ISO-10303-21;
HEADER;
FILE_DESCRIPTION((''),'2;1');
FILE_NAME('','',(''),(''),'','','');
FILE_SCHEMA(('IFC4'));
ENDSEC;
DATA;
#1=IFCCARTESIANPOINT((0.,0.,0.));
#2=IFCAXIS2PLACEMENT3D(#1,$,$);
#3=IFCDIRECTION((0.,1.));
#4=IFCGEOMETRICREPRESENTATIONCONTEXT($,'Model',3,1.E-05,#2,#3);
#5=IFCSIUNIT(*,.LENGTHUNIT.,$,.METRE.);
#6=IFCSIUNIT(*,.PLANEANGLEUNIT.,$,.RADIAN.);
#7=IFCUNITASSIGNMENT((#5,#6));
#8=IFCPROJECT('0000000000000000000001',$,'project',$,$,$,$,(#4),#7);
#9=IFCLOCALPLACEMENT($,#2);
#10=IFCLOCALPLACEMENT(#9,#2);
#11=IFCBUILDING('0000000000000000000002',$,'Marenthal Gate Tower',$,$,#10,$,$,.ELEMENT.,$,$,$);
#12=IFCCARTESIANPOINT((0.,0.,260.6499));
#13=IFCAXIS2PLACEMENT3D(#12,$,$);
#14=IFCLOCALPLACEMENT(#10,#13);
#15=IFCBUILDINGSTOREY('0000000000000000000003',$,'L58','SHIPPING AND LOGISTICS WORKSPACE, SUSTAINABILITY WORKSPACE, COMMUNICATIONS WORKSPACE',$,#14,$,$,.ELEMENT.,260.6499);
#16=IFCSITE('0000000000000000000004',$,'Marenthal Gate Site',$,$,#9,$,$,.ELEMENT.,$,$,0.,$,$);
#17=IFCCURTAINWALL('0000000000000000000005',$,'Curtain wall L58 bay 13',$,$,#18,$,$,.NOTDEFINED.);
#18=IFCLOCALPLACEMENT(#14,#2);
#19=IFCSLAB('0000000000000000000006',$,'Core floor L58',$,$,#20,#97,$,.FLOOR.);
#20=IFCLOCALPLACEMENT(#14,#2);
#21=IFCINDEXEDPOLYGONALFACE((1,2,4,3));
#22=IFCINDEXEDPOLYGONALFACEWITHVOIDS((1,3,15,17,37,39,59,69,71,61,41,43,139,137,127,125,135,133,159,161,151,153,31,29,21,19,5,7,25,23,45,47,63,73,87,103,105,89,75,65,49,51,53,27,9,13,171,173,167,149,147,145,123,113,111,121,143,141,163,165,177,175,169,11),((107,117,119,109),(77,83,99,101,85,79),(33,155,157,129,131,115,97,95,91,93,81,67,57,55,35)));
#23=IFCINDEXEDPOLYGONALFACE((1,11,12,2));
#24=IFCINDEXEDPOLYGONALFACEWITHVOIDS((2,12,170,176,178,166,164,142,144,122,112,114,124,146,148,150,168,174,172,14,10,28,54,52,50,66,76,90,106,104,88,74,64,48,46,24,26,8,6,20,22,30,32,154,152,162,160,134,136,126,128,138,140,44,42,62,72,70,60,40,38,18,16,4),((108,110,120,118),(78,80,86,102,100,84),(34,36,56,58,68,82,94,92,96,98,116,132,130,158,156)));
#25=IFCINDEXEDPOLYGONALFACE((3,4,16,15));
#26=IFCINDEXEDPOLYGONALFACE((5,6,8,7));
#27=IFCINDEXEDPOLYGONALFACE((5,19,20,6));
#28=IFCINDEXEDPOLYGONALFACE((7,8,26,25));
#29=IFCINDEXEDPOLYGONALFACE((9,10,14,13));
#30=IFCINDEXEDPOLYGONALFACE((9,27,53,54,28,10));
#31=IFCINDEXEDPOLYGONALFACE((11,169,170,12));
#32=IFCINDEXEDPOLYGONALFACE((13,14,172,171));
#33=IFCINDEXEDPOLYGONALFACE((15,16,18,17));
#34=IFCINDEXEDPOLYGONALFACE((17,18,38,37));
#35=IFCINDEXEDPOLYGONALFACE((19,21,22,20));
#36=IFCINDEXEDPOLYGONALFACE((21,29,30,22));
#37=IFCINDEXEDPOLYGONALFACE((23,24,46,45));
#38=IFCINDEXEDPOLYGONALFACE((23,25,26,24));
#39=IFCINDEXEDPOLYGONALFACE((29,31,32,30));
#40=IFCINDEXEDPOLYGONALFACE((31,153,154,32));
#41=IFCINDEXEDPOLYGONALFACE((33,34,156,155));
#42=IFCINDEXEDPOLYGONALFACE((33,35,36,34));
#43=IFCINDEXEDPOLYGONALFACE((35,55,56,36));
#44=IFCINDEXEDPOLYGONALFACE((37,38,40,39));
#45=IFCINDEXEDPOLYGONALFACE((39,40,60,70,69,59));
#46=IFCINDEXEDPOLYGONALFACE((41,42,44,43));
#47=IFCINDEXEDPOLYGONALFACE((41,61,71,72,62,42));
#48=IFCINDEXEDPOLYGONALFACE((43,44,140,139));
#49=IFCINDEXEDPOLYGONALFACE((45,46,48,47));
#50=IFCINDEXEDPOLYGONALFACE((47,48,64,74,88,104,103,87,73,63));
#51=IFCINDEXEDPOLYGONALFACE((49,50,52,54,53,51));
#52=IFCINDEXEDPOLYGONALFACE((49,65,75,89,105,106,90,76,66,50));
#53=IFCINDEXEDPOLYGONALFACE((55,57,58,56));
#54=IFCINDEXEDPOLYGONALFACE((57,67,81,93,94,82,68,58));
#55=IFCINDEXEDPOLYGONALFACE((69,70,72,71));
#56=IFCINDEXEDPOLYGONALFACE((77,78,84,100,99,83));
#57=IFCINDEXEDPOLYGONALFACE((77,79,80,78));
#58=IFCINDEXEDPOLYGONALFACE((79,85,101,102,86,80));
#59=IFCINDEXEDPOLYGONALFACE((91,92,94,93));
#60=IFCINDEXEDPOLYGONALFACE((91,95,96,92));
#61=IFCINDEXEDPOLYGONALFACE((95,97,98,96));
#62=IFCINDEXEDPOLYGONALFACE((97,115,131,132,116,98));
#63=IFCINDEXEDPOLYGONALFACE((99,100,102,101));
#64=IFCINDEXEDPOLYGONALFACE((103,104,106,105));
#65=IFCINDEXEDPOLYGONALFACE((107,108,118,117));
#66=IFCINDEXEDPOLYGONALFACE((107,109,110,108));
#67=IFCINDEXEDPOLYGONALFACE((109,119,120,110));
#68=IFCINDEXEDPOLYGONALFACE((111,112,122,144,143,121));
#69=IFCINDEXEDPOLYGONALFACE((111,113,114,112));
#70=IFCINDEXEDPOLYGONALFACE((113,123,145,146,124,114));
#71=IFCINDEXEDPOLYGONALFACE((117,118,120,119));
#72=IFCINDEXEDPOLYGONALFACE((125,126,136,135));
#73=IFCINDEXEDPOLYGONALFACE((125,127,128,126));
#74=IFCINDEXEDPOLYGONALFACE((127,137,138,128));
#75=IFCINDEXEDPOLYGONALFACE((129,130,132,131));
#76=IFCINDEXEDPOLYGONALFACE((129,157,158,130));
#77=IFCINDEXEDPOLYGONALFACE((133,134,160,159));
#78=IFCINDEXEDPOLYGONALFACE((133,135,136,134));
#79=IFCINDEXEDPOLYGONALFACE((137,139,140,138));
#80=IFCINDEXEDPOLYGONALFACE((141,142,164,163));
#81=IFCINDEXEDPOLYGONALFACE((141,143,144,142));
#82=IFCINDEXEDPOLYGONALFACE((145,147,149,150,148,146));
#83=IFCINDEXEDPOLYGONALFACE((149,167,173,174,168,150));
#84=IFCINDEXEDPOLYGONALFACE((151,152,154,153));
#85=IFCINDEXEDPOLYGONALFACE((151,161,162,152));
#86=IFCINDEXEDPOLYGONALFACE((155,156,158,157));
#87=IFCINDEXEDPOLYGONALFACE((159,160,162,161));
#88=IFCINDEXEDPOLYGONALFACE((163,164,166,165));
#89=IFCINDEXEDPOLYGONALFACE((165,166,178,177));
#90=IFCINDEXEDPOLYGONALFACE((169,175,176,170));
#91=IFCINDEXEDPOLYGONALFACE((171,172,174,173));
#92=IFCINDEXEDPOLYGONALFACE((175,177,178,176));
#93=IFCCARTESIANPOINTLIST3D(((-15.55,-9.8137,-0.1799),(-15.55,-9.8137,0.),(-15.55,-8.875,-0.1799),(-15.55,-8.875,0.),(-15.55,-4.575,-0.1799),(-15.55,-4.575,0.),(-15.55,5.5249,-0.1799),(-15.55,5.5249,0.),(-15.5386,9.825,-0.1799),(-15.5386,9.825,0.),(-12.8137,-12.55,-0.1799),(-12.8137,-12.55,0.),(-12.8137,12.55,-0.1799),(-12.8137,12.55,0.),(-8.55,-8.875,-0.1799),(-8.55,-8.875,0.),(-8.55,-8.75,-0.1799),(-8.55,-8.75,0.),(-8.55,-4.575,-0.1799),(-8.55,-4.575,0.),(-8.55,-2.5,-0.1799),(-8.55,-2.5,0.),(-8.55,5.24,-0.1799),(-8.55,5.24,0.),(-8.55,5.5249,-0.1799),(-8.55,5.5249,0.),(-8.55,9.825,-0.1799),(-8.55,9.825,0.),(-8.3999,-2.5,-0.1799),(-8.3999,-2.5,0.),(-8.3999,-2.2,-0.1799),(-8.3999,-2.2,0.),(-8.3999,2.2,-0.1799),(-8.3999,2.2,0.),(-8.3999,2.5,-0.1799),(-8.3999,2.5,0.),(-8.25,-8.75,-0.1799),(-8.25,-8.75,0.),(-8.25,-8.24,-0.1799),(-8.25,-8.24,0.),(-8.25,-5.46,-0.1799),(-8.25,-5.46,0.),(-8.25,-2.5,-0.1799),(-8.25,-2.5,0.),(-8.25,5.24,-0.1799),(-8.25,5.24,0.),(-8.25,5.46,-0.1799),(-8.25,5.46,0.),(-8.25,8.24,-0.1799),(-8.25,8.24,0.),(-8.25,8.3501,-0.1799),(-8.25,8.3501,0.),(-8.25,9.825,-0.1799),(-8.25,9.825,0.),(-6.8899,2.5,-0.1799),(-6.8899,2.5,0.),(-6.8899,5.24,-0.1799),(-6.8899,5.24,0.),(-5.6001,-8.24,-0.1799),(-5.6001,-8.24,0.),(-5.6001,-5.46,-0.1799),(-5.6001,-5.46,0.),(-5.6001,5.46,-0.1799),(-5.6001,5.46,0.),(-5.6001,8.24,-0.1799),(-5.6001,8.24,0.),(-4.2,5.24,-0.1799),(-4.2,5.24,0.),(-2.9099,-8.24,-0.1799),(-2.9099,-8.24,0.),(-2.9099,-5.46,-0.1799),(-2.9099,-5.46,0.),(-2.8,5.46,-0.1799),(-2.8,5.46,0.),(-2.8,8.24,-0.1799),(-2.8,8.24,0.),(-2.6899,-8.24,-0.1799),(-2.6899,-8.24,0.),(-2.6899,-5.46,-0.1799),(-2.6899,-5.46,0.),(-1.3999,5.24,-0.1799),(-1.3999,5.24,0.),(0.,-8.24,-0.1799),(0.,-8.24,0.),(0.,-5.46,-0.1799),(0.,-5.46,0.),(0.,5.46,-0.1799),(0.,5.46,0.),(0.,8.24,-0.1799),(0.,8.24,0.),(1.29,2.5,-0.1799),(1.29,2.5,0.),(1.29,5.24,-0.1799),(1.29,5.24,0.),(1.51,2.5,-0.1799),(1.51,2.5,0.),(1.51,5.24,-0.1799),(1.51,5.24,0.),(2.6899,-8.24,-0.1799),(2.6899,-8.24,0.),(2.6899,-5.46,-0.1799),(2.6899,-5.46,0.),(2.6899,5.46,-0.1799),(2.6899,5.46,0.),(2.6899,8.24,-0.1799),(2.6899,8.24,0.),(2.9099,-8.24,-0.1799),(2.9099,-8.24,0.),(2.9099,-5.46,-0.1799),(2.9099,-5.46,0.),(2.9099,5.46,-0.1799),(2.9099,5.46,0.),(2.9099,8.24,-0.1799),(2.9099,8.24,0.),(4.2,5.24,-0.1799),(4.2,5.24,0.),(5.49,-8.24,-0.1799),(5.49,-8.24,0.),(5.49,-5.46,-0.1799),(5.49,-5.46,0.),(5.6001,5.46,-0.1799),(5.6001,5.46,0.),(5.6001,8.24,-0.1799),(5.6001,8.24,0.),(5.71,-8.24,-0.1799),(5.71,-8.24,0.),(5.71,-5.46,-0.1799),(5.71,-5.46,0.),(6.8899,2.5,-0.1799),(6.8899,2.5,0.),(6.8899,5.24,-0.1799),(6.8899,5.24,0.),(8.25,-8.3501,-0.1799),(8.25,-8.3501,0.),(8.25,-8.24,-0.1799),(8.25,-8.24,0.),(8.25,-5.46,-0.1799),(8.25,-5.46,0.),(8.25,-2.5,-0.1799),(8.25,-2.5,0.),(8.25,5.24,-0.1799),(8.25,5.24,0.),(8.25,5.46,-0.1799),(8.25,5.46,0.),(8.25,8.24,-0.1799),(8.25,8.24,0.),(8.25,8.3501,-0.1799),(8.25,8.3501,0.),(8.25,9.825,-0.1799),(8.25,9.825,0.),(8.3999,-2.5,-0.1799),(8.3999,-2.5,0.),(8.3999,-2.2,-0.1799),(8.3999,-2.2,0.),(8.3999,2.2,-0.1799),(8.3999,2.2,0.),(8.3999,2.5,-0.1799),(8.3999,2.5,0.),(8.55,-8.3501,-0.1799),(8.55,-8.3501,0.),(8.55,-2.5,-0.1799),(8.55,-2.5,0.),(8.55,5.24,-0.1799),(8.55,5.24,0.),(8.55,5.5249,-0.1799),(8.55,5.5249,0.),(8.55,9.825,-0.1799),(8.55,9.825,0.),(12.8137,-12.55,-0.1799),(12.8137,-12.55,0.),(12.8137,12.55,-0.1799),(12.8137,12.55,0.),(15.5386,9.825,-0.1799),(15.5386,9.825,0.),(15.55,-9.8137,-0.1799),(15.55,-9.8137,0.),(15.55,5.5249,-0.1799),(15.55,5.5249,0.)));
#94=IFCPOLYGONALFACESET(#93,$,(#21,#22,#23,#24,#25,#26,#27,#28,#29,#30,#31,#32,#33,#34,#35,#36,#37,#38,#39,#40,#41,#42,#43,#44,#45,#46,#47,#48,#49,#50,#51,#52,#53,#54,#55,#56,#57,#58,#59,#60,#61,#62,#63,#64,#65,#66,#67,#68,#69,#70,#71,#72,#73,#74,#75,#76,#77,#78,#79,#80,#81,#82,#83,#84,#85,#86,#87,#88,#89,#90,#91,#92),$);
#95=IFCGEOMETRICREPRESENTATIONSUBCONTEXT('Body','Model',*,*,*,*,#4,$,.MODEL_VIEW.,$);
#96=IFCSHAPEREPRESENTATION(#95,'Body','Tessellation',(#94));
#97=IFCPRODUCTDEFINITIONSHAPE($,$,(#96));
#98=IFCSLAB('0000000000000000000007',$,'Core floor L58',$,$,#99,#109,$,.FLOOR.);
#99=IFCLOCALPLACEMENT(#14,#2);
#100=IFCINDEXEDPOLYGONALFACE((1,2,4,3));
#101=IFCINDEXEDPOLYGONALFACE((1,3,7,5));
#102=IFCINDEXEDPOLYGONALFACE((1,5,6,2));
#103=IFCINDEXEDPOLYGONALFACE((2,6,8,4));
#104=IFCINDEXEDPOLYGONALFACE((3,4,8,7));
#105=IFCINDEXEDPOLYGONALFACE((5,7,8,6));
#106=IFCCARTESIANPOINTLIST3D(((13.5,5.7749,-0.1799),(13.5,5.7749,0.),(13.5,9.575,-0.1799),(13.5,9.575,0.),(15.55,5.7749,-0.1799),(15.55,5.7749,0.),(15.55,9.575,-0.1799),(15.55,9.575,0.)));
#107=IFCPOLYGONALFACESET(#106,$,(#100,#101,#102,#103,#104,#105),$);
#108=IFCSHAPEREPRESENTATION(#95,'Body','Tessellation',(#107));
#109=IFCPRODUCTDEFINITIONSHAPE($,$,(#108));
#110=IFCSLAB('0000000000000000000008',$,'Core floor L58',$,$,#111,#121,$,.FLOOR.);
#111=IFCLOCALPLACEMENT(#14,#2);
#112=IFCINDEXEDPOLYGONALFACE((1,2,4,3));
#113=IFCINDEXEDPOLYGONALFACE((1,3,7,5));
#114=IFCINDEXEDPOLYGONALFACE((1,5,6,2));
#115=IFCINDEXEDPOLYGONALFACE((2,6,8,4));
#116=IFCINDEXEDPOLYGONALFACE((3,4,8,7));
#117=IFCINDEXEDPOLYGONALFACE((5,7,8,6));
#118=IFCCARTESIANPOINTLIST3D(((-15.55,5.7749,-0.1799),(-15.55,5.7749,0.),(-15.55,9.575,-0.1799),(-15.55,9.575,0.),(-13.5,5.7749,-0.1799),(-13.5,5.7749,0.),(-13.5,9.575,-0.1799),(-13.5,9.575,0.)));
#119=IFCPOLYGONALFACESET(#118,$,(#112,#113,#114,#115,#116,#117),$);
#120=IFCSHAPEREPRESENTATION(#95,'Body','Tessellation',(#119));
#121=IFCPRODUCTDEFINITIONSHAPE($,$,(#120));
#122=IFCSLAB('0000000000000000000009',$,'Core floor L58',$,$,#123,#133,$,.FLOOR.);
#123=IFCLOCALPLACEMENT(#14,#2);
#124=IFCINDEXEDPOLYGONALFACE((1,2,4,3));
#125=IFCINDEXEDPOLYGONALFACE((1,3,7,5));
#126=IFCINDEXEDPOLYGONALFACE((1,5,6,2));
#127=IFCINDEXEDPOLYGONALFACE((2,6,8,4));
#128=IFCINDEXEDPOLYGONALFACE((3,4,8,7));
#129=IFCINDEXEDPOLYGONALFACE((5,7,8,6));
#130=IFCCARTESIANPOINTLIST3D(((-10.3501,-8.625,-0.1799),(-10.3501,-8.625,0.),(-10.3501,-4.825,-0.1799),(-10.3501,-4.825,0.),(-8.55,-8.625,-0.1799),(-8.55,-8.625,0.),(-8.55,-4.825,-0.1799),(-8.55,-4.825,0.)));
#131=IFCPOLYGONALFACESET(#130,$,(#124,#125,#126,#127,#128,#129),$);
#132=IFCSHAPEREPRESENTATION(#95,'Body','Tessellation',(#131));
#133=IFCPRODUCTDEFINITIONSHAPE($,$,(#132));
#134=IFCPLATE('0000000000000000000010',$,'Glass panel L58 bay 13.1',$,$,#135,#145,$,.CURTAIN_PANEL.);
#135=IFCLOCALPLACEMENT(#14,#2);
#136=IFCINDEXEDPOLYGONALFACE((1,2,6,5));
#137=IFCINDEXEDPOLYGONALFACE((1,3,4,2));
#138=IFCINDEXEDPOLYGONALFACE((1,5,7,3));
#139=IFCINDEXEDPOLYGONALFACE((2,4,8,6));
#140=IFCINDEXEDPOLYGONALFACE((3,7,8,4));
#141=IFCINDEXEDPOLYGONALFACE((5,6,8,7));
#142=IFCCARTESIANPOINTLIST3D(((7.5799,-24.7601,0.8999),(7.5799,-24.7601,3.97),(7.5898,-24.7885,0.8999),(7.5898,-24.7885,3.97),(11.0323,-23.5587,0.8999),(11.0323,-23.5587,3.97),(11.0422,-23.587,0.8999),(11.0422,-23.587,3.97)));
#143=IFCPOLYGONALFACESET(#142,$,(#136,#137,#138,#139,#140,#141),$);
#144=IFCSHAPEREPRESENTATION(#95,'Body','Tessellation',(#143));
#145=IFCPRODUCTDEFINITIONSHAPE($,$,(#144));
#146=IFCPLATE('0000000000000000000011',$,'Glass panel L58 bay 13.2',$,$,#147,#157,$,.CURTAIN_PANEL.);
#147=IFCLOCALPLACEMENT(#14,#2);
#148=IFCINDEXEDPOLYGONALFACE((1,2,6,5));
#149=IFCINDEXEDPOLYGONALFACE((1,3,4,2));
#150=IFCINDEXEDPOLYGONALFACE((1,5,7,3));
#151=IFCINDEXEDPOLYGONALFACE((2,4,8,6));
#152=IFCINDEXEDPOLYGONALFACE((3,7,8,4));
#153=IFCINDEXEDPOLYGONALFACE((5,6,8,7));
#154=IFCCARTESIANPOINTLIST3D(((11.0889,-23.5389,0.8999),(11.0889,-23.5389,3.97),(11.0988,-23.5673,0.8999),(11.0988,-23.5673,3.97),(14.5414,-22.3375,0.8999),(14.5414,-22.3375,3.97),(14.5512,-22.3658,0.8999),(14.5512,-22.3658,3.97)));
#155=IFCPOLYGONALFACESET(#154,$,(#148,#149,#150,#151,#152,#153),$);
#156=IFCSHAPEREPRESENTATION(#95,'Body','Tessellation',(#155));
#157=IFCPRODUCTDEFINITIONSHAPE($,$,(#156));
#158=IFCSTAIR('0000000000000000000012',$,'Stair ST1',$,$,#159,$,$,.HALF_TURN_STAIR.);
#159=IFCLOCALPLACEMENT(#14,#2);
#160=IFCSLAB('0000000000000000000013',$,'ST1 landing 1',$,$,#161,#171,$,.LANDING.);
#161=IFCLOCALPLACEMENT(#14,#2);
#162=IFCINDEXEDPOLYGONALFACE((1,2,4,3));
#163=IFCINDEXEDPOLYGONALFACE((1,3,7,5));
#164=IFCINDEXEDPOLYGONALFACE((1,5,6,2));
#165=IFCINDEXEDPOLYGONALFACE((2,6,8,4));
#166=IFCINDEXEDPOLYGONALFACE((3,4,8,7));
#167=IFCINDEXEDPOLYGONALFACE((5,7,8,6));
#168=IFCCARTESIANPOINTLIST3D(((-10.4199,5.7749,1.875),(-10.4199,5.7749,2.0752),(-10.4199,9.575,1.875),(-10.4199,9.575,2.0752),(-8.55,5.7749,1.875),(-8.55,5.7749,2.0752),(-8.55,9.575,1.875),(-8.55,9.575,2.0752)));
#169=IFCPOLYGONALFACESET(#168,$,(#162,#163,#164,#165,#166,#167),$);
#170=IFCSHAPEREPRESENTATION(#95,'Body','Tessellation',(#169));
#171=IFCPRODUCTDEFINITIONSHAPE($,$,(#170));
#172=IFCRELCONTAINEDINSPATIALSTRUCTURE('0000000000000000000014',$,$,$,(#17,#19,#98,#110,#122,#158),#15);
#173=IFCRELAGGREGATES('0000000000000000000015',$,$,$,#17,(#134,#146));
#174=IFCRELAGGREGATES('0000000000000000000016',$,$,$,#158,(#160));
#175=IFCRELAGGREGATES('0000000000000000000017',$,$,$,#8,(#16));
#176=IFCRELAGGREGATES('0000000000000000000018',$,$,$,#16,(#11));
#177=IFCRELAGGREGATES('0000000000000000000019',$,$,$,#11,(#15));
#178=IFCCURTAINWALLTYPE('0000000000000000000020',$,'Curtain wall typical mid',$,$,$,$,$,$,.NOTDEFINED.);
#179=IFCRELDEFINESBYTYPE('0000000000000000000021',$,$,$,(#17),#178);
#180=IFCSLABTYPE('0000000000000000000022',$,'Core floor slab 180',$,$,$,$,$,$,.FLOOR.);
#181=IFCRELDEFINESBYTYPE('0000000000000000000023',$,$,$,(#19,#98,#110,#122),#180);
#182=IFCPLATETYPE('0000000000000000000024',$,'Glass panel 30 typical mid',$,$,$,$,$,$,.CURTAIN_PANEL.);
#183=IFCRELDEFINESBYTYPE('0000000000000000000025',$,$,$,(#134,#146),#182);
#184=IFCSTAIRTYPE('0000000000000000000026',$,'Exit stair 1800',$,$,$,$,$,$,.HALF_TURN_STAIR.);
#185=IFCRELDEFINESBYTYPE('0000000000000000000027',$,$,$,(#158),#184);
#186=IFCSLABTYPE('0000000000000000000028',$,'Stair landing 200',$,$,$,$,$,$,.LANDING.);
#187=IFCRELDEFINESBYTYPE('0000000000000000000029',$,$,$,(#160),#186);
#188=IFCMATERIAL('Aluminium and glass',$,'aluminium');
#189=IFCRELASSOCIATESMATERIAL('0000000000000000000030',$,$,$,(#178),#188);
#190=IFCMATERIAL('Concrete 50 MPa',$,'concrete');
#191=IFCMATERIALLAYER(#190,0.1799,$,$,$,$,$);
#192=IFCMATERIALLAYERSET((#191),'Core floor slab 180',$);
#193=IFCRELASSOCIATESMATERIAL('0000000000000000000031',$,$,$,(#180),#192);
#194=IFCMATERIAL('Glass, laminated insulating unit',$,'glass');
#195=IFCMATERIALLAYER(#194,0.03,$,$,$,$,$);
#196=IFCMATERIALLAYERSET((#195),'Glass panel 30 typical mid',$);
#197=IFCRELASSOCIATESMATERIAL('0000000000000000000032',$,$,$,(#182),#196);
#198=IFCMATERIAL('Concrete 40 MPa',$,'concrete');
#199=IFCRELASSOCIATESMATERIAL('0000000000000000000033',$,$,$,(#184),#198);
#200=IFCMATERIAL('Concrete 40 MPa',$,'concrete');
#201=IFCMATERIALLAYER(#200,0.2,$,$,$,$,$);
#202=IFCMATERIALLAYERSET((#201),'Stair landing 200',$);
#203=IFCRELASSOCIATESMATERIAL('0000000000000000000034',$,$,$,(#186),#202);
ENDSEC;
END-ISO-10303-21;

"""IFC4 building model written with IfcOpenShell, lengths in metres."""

from ifc_helpers import new_model, si_unit, direction, frame, origin, origin_2d, place, context, subcontext, project, spatial, polyline, rectangle, outline, extrude, material, layer, layer_set, type_object, element, aggregate, save


model = new_model("IFC4")

# Units and contexts
model_context = context("Model", 3, precision=1e-05, world=origin(), true_north=direction((0.0, 1.0)))
body_context = subcontext(model_context, "Body", "Model", "MODEL_VIEW")
ifc_project = project(units=[si_unit("LENGTHUNIT", "METRE"), si_unit("PLANEANGLEUNIT", "RADIAN")], contexts=[model_context])

# Site, building, storey
site_placement = place(None, origin())
site = spatial("IfcSite", under=ifc_project, at=site_placement, Name="Marenthal Gate Site", CompositionType="ELEMENT", RefElevation=0.0)
building_placement = place(site_placement, origin())
building = spatial("IfcBuilding", under=site, at=building_placement, Name="Marenthal Gate Tower", CompositionType="ELEMENT")
storey_placement = place(building_placement, frame((0.0, 0.0, 260.6499)))
storey = spatial("IfcBuildingStorey", under=building, at=storey_placement, Name="L58", Description="SHIPPING AND LOGISTICS WORKSPACE, SUSTAINABILITY WORKSPACE, COMMUNICATIONS WORKSPACE", CompositionType="ELEMENT", Elevation=260.6499)

# Curtain wall
ifc_material_1 = material(Name="Aluminium and glass", Category="aluminium")
curtain_wall_type = type_object("IfcCurtainWallType", Name="Curtain wall typical mid", PredefinedType="NOTDEFINED", material=ifc_material_1)
curtain_wall_placement = place(storey_placement, origin())
curtain_wall = element("IfcCurtainWall", 1, at=curtain_wall_placement, inside=storey, type_object=curtain_wall_type, Name="Curtain wall L58 bay 13", PredefinedType="NOTDEFINED")

# Slabs
ifc_material_2 = material(Name="Concrete 50 MPa", Category="concrete")
ifc_layer_1 = layer(ifc_material_2, 0.1799)
ifc_layer_set_1 = layer_set([ifc_layer_1], Name="Core floor slab 180")
slab_type_1 = type_object("IfcSlabType", Name="Core floor slab 180", PredefinedType="FLOOR", material=ifc_layer_set_1)
slab_1_placement = place(storey_placement, frame((0.0, 0.0, -0.1799)))
element("IfcSlab", 2, at=slab_1_placement, inside=storey, type_object=slab_type_1, Name="Core floor L58", PredefinedType="FLOOR", context=body_context, shape_type="SweptSolid", body=[
    extrude(outline(polyline([(12.8137, -12.55), (-12.8137, -12.55), (-15.55, -9.8137), (-15.55, -8.875), (-8.55, -8.875), (-8.55, -8.75), (-8.25, -8.75), (-8.25, -8.24), (-5.6001, -8.24), (-2.9099, -8.24), (-2.9099, -5.46), (-5.6001, -5.46), (-8.25, -5.46), (-8.25, -2.5), (8.25, -2.5), (8.25, -5.46), (5.71, -5.46), (5.71, -8.24), (8.25, -8.24), (8.25, -8.3501), (8.55, -8.3501), (8.55, -2.5), (8.3999, -2.5), (8.3999, -2.2), (-8.3999, -2.2), (-8.3999, -2.5), (-8.55, -2.5), (-8.55, -4.575), (-15.55, -4.575), (-15.55, 5.5249), (-8.55, 5.5249), (-8.55, 5.24), (-8.25, 5.24), (-8.25, 5.46), (-5.6001, 5.46), (-2.8, 5.46), (0.0, 5.46), (2.6899, 5.46), (2.6899, 8.24), (0.0, 8.24), (-2.8, 8.24), (-5.6001, 8.24), (-8.25, 8.24), (-8.25, 8.3501), (-8.25, 9.825), (-8.55, 9.825), (-15.5386, 9.825), (-12.8137, 12.55), (12.8137, 12.55), (15.5386, 9.825), (8.55, 9.825), (8.25, 9.825), (8.25, 8.3501), (8.25, 8.24), (5.6001, 8.24), (2.9099, 8.24), (2.9099, 5.46), (5.6001, 5.46), (8.25, 5.46), (8.25, 5.24), (8.55, 5.24), (8.55, 5.5249), (15.55, 5.5249), (15.55, -9.8137), (12.8137, -12.55)]), holes=[polyline([(2.6899, -8.24), (2.6899, -5.46), (0.0, -5.46), (-2.6899, -5.46), (-2.6899, -8.24), (0.0, -8.24), (2.6899, -8.24)]), polyline([(-6.8899, 5.24), (-6.8899, 2.5), (-8.3999, 2.5), (-8.3999, 2.2), (8.3999, 2.2), (8.3999, 2.5), (6.8899, 2.5), (6.8899, 5.24), (4.2, 5.24), (1.51, 5.24), (1.51, 2.5), (1.29, 2.5), (1.29, 5.24), (-1.3999, 5.24), (-4.2, 5.24), (-6.8899, 5.24)]), polyline([(5.49, -5.46), (2.9099, -5.46), (2.9099, -8.24), (5.49, -8.24), (5.49, -5.46)])]), origin(), (0.0, 0.0, 1.0), 0.1799),
])
slab_2_placement = place(storey_placement, frame((0.0, 0.0, -0.1799)))
element("IfcSlab", 3, at=slab_2_placement, inside=storey, type_object=slab_type_1, Name="Core floor L58", PredefinedType="FLOOR", context=body_context, shape_type="SweptSolid", body=[
    extrude(outline(polyline([(15.55, 5.7749), (13.5, 5.7749), (13.5, 9.575), (15.55, 9.575), (15.55, 5.7749)])), origin(), (0.0, 0.0, 1.0), 0.1799),
])
slab_3_placement = place(storey_placement, frame((0.0, 0.0, -0.1799)))
element("IfcSlab", 4, at=slab_3_placement, inside=storey, type_object=slab_type_1, Name="Core floor L58", PredefinedType="FLOOR", context=body_context, shape_type="SweptSolid", body=[
    extrude(outline(polyline([(-15.55, 9.575), (-13.5, 9.575), (-13.5, 5.7749), (-15.55, 5.7749), (-15.55, 9.575)])), origin(), (0.0, 0.0, 1.0), 0.1799),
])
slab_4_placement = place(storey_placement, frame((0.0, 0.0, -0.1799)))
element("IfcSlab", 5, at=slab_4_placement, inside=storey, type_object=slab_type_1, Name="Core floor L58", PredefinedType="FLOOR", context=body_context, shape_type="SweptSolid", body=[
    extrude(outline(polyline([(-8.55, -8.625), (-10.3501, -8.625), (-10.3501, -4.825), (-8.55, -4.825), (-8.55, -8.625)])), origin(), (0.0, 0.0, 1.0), 0.1799),
])

# Plates
ifc_material_3 = material(Name="Glass, laminated insulating unit", Category="glass")
ifc_layer_2 = layer(ifc_material_3, 0.03)
ifc_layer_set_2 = layer_set([ifc_layer_2], Name="Glass panel 30 typical mid")
plate_type = type_object("IfcPlateType", Name="Glass panel 30 typical mid", PredefinedType="CURTAIN_PANEL", material=ifc_layer_set_2)
plate_1_placement = place(storey_placement, frame((9.311, -24.1736, 0.8999), z_axis=(0.0, 0.0, 1.0), x_axis=(0.944445, 0.32867, 0.0)))
plate_1 = element("IfcPlate", 6, at=plate_1_placement, type_object=plate_type, Name="Glass panel L58 bay 13.1", PredefinedType="CURTAIN_PANEL", context=body_context, shape_type="SweptSolid", body=[
    extrude(rectangle(XDim=3.6555, YDim=0.03, at=origin_2d()), origin(), (0.0, 0.0, 1.0), 3.0701),
])
plate_2_placement = place(storey_placement, frame((12.8201, -22.9524, 0.8999), z_axis=(0.0, 0.0, 1.0), x_axis=(0.944445, 0.32867, 0.0)))
plate_2 = element("IfcPlate", 7, at=plate_2_placement, type_object=plate_type, Name="Glass panel L58 bay 13.2", PredefinedType="CURTAIN_PANEL", context=body_context, shape_type="SweptSolid", body=[
    extrude(rectangle(XDim=3.6555, YDim=0.03, at=origin_2d()), origin(), (0.0, 0.0, 1.0), 3.0701),
])
aggregate(curtain_wall, [plate_1, plate_2])

# Stair, slab
ifc_material_4 = material(Name="Concrete 40 MPa", Category="concrete")
stair_type = type_object("IfcStairType", Name="Exit stair 1800", PredefinedType="HALF_TURN_STAIR", material=ifc_material_4)
stair_placement = place(storey_placement, origin())
stair = element("IfcStair", 8, at=stair_placement, inside=storey, type_object=stair_type, Name="Stair ST1", PredefinedType="HALF_TURN_STAIR")
ifc_material_5 = material(Name="Concrete 40 MPa", Category="concrete")
ifc_layer_3 = layer(ifc_material_5, 0.2)
ifc_layer_set_3 = layer_set([ifc_layer_3], Name="Stair landing 200")
slab_type_2 = type_object("IfcSlabType", Name="Stair landing 200", PredefinedType="LANDING", material=ifc_layer_set_3)
slab_5_placement = place(storey_placement, frame((0.0, 0.0, 1.875)))
slab_5 = element("IfcSlab", 9, at=slab_5_placement, type_object=slab_type_2, Name="ST1 landing 1", PredefinedType="LANDING", context=body_context, shape_type="SweptSolid", body=[
    extrude(outline(polyline([(-10.4199, 5.7749), (-8.55, 5.7749), (-8.55, 9.575), (-10.4199, 9.575), (-10.4199, 5.7749)])), origin(), (0.0, 0.0, 1.0), 0.2002),
])
aggregate(stair, [slab_5])

save(model, "model.ifc")
